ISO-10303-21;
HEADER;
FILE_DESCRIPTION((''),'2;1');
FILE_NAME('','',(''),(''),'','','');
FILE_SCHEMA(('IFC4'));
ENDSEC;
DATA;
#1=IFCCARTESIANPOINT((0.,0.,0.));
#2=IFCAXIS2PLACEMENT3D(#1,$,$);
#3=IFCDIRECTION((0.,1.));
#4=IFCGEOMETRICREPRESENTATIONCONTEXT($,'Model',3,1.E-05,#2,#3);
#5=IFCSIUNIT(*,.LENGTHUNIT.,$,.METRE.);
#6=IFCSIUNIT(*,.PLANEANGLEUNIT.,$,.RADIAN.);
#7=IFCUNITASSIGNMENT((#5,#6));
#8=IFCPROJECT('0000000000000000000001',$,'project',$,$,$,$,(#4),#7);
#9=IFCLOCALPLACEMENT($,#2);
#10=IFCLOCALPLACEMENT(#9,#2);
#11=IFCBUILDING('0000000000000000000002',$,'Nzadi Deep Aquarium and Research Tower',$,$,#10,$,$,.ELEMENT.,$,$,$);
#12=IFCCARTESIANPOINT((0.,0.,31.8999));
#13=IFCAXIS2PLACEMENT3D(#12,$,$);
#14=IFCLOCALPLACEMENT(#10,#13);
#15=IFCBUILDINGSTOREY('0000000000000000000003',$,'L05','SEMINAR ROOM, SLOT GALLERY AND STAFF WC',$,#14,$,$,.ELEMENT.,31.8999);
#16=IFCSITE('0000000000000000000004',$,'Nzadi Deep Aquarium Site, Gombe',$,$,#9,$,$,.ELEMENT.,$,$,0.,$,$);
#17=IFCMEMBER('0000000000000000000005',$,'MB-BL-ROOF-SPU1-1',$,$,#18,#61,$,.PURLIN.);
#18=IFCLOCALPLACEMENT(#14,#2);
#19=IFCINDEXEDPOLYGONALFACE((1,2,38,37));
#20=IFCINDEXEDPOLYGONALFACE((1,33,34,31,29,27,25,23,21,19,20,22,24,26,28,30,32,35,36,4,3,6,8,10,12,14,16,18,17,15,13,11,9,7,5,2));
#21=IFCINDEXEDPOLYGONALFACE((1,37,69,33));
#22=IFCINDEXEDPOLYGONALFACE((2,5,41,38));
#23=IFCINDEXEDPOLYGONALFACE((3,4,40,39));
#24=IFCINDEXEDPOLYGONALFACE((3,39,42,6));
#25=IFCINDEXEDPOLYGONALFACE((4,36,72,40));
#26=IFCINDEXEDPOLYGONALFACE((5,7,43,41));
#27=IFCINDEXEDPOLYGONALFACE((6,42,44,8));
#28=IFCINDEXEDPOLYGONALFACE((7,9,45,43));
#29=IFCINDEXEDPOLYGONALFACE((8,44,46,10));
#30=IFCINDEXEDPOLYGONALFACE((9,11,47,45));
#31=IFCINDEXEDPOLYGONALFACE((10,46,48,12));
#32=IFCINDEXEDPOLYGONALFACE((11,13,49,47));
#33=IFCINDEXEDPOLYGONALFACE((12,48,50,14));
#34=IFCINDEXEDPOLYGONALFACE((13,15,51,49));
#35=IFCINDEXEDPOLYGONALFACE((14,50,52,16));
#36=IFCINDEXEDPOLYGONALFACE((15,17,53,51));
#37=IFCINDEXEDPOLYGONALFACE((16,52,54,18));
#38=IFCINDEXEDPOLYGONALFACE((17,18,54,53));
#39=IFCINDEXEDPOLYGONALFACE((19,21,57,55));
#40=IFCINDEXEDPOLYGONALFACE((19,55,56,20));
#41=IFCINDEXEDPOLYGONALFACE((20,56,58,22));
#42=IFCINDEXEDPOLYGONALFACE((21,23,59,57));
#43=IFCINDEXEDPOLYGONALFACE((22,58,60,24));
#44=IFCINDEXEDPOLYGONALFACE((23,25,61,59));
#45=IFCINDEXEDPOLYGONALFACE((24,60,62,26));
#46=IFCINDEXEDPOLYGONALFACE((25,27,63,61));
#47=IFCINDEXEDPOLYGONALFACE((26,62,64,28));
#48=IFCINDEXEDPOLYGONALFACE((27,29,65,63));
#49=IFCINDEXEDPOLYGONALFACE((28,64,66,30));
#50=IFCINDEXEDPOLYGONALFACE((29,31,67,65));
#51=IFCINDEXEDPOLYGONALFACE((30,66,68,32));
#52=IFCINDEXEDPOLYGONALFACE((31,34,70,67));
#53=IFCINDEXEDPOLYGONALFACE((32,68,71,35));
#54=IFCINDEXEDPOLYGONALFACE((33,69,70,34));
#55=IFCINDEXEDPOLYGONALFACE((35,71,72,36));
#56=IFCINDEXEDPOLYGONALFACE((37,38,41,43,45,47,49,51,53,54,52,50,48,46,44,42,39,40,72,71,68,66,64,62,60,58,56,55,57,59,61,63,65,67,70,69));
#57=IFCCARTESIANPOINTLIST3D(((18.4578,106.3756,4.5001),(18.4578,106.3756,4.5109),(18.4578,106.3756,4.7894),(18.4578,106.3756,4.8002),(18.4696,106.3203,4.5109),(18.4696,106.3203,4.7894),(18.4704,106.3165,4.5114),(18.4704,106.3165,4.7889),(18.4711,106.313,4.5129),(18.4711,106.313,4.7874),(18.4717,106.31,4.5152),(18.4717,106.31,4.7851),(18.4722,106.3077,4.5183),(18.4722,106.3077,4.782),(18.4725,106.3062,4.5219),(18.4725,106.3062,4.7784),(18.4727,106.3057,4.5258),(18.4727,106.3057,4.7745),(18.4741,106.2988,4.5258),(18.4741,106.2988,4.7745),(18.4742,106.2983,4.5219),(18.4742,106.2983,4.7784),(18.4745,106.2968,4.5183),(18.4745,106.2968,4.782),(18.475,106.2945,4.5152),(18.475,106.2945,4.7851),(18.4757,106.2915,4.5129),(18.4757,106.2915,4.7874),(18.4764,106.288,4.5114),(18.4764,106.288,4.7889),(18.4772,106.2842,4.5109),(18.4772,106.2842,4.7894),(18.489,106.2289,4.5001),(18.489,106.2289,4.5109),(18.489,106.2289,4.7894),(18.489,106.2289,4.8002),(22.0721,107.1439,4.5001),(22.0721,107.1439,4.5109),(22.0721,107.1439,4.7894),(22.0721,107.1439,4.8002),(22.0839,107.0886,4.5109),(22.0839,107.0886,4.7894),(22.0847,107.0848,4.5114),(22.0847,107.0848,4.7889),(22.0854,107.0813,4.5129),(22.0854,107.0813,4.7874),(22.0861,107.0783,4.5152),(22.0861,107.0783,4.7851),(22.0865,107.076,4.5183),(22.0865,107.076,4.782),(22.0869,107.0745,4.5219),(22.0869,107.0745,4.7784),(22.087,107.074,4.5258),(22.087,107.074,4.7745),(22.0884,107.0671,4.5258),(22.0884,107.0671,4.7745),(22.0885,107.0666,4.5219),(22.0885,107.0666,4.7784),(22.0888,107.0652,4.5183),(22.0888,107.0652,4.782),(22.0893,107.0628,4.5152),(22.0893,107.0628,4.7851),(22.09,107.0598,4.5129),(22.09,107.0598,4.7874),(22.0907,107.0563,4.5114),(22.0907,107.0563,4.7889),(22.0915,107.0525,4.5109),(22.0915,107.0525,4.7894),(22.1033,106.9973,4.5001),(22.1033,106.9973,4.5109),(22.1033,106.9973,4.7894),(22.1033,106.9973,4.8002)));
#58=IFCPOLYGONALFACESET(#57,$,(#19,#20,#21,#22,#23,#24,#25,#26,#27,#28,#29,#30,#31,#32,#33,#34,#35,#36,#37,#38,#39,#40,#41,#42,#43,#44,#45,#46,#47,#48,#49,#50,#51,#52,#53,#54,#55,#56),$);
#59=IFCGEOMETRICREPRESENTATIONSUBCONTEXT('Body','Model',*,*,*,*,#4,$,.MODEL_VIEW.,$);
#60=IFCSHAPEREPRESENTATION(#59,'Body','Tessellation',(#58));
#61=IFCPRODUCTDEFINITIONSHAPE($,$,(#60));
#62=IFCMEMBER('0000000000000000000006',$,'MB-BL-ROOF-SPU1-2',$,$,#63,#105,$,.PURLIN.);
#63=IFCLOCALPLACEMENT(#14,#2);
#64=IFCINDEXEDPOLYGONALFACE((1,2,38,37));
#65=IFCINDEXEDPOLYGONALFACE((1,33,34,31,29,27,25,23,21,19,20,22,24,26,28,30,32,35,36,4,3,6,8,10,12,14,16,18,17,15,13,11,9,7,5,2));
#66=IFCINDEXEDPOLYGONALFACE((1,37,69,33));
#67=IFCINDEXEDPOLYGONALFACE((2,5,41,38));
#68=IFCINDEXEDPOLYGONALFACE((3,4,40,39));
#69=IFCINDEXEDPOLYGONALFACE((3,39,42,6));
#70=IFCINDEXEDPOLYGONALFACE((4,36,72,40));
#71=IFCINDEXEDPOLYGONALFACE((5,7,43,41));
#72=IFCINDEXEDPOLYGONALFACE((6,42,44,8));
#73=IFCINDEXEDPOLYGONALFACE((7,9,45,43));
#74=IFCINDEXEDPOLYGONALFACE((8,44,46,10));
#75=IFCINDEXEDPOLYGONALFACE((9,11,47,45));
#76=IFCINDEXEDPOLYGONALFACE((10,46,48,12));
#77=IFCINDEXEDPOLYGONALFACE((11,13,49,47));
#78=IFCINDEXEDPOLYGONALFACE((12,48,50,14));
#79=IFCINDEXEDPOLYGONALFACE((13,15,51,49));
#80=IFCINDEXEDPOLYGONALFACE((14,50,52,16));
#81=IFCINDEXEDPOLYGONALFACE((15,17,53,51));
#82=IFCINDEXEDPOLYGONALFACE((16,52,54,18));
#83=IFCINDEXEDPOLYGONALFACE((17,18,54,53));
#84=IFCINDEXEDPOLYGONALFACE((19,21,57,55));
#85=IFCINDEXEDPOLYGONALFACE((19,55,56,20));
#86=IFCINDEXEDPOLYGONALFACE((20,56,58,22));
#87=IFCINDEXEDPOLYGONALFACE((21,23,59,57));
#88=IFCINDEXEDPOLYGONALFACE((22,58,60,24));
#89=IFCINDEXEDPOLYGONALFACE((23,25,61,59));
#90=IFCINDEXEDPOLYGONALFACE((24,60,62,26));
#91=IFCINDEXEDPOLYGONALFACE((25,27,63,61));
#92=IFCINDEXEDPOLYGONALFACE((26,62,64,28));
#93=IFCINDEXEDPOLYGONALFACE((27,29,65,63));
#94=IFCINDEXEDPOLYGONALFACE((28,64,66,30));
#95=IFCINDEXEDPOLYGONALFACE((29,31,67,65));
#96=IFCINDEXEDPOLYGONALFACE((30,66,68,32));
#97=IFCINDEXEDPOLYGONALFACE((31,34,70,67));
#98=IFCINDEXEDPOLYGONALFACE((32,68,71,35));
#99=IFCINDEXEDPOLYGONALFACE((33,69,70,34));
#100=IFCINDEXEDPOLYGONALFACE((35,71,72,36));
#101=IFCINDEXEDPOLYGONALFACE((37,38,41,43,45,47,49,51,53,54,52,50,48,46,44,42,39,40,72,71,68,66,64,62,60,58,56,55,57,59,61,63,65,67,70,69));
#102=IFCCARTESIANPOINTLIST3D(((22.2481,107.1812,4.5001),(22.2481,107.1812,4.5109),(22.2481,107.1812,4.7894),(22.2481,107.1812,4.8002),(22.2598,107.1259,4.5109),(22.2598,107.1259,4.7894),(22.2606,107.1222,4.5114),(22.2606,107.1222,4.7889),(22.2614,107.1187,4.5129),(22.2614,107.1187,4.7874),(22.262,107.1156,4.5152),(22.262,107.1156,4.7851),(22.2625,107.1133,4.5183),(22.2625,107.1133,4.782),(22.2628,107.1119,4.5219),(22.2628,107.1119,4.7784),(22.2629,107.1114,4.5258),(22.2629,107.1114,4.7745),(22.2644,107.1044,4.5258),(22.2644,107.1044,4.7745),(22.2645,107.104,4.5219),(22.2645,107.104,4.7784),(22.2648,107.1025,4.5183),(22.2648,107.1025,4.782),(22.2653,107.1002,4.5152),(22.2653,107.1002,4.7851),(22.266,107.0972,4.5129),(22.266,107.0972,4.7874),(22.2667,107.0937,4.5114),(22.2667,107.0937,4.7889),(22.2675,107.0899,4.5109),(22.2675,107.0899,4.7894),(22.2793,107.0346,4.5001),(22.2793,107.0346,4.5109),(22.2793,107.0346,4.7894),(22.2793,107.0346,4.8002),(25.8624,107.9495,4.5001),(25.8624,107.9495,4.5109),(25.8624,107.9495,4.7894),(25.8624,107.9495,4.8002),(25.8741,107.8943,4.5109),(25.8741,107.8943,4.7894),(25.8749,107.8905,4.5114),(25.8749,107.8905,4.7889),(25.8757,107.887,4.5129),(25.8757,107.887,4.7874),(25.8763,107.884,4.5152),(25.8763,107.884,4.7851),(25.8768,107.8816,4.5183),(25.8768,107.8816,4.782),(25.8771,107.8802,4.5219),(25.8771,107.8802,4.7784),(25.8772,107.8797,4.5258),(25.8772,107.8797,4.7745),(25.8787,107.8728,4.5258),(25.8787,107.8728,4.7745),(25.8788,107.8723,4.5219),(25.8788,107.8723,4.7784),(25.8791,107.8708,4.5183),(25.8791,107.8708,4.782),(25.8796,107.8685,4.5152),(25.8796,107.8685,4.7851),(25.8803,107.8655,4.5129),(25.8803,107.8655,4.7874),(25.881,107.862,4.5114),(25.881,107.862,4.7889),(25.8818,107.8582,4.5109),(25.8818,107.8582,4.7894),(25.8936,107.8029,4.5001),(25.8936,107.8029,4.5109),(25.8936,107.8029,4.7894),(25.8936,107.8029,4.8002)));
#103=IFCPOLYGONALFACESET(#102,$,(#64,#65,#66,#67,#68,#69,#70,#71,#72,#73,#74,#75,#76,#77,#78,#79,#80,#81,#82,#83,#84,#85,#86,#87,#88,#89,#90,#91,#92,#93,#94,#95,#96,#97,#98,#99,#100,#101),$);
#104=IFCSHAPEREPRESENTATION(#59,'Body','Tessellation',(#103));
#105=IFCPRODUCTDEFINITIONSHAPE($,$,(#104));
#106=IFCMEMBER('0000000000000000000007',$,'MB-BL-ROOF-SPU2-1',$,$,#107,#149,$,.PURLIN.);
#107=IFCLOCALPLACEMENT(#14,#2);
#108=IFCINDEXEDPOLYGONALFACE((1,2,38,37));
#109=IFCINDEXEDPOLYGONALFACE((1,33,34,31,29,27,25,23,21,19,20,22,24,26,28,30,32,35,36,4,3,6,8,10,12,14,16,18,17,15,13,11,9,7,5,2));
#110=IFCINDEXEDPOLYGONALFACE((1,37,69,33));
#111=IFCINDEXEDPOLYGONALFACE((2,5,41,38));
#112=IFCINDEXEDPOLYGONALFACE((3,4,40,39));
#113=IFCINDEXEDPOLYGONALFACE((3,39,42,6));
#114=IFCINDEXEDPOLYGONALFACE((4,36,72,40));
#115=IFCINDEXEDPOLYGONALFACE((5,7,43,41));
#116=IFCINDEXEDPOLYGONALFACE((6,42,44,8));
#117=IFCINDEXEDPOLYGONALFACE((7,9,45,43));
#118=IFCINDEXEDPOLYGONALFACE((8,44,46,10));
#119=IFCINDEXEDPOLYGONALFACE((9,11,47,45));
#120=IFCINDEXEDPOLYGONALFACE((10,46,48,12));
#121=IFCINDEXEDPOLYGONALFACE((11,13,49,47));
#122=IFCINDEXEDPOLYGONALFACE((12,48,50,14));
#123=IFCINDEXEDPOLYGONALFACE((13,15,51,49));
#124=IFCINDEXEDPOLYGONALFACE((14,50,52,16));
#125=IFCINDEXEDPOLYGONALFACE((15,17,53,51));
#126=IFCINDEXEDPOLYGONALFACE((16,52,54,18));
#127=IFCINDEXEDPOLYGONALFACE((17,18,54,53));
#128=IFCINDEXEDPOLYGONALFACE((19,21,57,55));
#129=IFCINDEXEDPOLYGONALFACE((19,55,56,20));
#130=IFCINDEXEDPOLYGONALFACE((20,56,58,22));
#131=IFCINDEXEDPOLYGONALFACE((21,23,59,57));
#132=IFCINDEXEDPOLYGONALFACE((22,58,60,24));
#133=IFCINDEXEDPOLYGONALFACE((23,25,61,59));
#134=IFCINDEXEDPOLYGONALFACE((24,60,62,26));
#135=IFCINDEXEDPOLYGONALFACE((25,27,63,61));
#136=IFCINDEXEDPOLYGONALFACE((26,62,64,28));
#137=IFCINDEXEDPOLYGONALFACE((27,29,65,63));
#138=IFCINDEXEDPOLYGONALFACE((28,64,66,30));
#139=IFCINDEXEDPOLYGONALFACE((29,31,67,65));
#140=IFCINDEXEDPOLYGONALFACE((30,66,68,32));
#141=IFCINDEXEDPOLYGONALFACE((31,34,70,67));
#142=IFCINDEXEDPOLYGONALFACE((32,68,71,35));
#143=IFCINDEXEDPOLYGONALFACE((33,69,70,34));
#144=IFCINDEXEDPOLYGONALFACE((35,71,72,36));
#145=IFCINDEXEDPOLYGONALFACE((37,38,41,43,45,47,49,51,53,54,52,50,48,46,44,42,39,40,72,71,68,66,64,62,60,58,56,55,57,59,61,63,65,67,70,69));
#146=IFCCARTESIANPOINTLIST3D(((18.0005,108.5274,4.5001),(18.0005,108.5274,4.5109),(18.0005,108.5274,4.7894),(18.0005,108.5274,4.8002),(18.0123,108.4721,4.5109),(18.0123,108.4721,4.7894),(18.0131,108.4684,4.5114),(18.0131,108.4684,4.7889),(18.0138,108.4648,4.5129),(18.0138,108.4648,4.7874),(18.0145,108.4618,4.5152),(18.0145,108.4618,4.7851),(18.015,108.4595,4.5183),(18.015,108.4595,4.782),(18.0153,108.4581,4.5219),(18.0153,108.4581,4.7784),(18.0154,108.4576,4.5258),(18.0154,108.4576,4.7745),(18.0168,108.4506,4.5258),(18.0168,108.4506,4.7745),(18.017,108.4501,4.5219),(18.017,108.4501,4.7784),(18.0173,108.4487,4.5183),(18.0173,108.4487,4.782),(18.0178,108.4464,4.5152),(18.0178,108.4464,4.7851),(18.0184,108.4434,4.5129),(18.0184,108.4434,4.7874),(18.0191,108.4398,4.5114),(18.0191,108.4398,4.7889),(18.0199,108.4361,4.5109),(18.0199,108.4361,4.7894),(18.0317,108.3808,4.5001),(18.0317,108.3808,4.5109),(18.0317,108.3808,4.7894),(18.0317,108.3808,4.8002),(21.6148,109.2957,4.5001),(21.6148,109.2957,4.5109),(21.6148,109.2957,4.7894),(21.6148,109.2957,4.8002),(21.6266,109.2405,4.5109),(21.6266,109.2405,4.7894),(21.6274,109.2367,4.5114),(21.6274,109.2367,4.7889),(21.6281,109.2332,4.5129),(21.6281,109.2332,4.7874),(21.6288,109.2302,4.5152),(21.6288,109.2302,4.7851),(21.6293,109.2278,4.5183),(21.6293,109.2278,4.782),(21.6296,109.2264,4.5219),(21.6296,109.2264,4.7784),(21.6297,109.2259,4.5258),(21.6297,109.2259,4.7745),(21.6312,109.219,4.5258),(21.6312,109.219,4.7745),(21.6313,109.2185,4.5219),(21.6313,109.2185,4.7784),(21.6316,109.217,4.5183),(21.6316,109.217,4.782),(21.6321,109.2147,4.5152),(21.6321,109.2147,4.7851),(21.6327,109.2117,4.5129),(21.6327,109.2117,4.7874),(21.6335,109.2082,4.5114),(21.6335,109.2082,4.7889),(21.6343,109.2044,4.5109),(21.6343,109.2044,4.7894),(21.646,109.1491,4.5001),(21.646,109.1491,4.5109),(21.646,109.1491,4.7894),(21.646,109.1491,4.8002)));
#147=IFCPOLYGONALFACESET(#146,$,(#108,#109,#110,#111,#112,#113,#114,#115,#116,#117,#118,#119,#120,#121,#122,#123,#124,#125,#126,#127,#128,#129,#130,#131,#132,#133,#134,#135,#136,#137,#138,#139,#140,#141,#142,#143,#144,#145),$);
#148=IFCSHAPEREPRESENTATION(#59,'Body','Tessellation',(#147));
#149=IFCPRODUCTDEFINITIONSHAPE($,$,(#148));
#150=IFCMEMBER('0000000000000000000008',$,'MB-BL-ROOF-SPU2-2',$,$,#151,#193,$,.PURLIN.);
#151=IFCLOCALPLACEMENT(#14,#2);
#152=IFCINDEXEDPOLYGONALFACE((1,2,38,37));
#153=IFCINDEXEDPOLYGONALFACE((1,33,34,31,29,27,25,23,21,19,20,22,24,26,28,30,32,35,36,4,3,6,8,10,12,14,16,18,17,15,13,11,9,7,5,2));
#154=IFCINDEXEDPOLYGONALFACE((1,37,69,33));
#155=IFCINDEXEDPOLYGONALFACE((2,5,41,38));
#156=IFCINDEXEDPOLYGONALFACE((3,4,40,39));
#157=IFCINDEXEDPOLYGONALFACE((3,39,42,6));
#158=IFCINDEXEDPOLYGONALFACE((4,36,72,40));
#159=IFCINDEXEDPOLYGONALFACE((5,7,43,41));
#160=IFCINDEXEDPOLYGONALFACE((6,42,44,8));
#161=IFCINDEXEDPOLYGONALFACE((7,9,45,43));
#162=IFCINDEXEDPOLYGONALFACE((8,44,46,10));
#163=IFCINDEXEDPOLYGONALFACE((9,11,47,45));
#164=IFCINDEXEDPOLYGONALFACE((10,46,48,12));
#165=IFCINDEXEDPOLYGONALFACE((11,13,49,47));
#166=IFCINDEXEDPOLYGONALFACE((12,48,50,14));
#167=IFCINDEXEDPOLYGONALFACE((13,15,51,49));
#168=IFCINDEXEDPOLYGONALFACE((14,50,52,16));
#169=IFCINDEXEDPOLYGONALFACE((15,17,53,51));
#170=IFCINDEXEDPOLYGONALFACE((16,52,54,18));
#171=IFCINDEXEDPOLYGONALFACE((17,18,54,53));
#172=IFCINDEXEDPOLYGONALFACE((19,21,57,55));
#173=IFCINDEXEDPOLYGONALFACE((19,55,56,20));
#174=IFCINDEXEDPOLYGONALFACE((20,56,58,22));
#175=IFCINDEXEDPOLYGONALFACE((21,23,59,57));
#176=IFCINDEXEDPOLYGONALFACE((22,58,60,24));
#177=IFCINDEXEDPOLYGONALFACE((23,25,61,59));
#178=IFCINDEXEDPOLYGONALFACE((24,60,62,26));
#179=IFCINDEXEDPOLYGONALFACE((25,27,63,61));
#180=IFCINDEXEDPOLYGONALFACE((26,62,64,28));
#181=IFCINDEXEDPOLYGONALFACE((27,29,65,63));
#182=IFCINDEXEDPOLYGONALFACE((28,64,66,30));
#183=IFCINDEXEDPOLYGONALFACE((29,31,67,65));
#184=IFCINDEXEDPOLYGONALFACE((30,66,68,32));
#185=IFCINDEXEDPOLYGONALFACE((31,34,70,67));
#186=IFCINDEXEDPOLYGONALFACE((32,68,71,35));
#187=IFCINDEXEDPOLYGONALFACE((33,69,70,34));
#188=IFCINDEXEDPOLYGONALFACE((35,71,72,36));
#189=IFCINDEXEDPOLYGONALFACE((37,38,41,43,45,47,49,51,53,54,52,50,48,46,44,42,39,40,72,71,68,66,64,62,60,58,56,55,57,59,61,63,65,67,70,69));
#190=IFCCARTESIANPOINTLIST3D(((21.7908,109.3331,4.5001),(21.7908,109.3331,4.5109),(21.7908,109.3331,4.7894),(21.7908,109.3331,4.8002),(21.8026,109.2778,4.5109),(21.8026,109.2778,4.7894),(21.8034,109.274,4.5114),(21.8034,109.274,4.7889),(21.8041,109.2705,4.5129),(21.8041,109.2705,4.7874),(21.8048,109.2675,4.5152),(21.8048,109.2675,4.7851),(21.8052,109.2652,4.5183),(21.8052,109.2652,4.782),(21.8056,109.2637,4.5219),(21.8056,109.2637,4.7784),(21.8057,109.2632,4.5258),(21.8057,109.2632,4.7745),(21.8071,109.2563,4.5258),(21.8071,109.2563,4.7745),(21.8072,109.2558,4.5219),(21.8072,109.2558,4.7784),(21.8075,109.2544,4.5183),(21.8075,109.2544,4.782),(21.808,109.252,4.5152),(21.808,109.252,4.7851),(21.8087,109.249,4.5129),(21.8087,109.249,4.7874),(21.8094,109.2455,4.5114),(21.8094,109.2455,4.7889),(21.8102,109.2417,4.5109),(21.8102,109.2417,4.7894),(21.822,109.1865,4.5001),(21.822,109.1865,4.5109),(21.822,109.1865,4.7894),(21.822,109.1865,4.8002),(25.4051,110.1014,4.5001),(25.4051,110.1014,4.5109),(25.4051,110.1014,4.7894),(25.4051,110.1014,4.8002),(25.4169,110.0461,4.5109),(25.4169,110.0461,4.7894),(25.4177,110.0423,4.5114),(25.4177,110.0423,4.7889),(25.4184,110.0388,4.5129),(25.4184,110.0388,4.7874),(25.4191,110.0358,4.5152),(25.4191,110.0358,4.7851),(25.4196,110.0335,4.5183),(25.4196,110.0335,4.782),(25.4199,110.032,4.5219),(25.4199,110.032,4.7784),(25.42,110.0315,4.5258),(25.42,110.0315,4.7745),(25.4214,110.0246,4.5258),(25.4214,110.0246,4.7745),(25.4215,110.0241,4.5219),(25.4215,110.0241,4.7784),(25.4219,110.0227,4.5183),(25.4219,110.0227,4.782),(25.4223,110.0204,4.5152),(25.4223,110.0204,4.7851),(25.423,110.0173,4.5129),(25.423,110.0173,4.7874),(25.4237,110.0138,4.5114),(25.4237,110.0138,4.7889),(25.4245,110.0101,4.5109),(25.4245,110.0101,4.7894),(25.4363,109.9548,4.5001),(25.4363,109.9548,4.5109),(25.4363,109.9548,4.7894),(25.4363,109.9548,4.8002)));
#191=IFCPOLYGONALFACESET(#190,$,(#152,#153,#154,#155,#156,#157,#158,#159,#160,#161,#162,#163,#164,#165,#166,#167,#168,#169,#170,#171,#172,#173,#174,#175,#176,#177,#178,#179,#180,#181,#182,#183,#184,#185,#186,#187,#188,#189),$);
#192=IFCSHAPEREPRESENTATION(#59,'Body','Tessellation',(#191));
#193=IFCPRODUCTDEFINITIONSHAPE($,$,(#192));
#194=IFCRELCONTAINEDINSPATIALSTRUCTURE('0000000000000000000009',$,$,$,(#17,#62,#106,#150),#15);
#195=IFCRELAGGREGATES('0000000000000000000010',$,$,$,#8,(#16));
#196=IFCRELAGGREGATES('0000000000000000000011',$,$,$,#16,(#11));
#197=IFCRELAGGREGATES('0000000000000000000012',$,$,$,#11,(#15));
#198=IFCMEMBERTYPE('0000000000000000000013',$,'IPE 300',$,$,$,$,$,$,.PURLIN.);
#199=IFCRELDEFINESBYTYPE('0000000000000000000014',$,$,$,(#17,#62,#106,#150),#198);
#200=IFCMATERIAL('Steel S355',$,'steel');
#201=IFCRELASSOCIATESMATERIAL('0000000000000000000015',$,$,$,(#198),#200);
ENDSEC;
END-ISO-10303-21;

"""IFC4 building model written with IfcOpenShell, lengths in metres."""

from ifc_helpers import new_model, si_unit, direction, frame, origin, origin_2d, place, context, subcontext, project, spatial, i_section, extrude, material, material_profile, profile_set, type_object, element, save


model = new_model("IFC4")

# Units and contexts
model_context = context("Model", 3, precision=1e-05, world=origin(), true_north=direction((0.0, 1.0)))
body_context = subcontext(model_context, "Body", "Model", "MODEL_VIEW")
ifc_project = project(units=[si_unit("LENGTHUNIT", "METRE"), si_unit("PLANEANGLEUNIT", "RADIAN")], contexts=[model_context])

# Site, building, storey
site_placement = place(None, origin())
site = spatial("IfcSite", under=ifc_project, at=site_placement, Name="Nzadi Deep Aquarium Site, Gombe", CompositionType="ELEMENT", RefElevation=0.0)
building_placement = place(site_placement, origin())
building = spatial("IfcBuilding", under=site, at=building_placement, Name="Nzadi Deep Aquarium and Research Tower", CompositionType="ELEMENT")
storey_placement = place(building_placement, frame((0.0, 0.0, 31.8999)))
storey = spatial("IfcBuildingStorey", under=building, at=storey_placement, Name="L05", Description="SEMINAR ROOM, SLOT GALLERY AND STAFF WC", CompositionType="ELEMENT", Elevation=31.8999)

# Members
ifc_material_1 = material(Name="Steel S355", Category="steel")
ifc_material_profile_1 = material_profile(ifc_material_1, i_section(OverallWidth=0.1499, OverallDepth=0.3, WebThickness=0.0071, FlangeThickness=0.0107, FilletRadius=0.0149, at=origin_2d()))
ifc_profile_set_1 = profile_set([ifc_material_profile_1], Name="Steel S355")
member_type_1 = type_object("IfcMemberType", Name="IPE 300", PredefinedType="PURLIN", material=ifc_profile_set_1)
for number, where, z_axis, x_axis, name in (
    (1, (18.4734, 106.3022, 4.6501), (0.978143, 0.207931, 0.0), (-0.207931, 0.978143, 0.0), "MB-BL-ROOF-SPU1-1"),
    (2, (22.2637, 107.1079, 4.6501), (0.978143, 0.207931, 0.0), (-0.207931, 0.978143, 0.0), "MB-BL-ROOF-SPU1-2"),
    (3, (18.0161, 108.4541, 4.6501), (0.978143, 0.207931, 0.0), (-0.207931, 0.978143, 0.0), "MB-BL-ROOF-SPU2-1"),
    (4, (21.8064, 109.2598, 4.6501), (0.978143, 0.207931, 0.0), (-0.207931, 0.978143, 0.0), "MB-BL-ROOF-SPU2-2"),
):
    element("IfcMember", number, at=place(storey_placement, frame(where, z_axis=z_axis, x_axis=x_axis)), inside=storey, type_object=member_type_1, Name=name, PredefinedType="PURLIN", context=body_context, shape_type="SweptSolid", body=[
        extrude(i_section(OverallWidth=0.1499, OverallDepth=0.3, WebThickness=0.0071, FlangeThickness=0.0107, FilletRadius=0.0149, at=origin_2d()), origin(), (0.0, 0.0, 1.0), 3.6951),
    ])

save(model, "model.ifc")
